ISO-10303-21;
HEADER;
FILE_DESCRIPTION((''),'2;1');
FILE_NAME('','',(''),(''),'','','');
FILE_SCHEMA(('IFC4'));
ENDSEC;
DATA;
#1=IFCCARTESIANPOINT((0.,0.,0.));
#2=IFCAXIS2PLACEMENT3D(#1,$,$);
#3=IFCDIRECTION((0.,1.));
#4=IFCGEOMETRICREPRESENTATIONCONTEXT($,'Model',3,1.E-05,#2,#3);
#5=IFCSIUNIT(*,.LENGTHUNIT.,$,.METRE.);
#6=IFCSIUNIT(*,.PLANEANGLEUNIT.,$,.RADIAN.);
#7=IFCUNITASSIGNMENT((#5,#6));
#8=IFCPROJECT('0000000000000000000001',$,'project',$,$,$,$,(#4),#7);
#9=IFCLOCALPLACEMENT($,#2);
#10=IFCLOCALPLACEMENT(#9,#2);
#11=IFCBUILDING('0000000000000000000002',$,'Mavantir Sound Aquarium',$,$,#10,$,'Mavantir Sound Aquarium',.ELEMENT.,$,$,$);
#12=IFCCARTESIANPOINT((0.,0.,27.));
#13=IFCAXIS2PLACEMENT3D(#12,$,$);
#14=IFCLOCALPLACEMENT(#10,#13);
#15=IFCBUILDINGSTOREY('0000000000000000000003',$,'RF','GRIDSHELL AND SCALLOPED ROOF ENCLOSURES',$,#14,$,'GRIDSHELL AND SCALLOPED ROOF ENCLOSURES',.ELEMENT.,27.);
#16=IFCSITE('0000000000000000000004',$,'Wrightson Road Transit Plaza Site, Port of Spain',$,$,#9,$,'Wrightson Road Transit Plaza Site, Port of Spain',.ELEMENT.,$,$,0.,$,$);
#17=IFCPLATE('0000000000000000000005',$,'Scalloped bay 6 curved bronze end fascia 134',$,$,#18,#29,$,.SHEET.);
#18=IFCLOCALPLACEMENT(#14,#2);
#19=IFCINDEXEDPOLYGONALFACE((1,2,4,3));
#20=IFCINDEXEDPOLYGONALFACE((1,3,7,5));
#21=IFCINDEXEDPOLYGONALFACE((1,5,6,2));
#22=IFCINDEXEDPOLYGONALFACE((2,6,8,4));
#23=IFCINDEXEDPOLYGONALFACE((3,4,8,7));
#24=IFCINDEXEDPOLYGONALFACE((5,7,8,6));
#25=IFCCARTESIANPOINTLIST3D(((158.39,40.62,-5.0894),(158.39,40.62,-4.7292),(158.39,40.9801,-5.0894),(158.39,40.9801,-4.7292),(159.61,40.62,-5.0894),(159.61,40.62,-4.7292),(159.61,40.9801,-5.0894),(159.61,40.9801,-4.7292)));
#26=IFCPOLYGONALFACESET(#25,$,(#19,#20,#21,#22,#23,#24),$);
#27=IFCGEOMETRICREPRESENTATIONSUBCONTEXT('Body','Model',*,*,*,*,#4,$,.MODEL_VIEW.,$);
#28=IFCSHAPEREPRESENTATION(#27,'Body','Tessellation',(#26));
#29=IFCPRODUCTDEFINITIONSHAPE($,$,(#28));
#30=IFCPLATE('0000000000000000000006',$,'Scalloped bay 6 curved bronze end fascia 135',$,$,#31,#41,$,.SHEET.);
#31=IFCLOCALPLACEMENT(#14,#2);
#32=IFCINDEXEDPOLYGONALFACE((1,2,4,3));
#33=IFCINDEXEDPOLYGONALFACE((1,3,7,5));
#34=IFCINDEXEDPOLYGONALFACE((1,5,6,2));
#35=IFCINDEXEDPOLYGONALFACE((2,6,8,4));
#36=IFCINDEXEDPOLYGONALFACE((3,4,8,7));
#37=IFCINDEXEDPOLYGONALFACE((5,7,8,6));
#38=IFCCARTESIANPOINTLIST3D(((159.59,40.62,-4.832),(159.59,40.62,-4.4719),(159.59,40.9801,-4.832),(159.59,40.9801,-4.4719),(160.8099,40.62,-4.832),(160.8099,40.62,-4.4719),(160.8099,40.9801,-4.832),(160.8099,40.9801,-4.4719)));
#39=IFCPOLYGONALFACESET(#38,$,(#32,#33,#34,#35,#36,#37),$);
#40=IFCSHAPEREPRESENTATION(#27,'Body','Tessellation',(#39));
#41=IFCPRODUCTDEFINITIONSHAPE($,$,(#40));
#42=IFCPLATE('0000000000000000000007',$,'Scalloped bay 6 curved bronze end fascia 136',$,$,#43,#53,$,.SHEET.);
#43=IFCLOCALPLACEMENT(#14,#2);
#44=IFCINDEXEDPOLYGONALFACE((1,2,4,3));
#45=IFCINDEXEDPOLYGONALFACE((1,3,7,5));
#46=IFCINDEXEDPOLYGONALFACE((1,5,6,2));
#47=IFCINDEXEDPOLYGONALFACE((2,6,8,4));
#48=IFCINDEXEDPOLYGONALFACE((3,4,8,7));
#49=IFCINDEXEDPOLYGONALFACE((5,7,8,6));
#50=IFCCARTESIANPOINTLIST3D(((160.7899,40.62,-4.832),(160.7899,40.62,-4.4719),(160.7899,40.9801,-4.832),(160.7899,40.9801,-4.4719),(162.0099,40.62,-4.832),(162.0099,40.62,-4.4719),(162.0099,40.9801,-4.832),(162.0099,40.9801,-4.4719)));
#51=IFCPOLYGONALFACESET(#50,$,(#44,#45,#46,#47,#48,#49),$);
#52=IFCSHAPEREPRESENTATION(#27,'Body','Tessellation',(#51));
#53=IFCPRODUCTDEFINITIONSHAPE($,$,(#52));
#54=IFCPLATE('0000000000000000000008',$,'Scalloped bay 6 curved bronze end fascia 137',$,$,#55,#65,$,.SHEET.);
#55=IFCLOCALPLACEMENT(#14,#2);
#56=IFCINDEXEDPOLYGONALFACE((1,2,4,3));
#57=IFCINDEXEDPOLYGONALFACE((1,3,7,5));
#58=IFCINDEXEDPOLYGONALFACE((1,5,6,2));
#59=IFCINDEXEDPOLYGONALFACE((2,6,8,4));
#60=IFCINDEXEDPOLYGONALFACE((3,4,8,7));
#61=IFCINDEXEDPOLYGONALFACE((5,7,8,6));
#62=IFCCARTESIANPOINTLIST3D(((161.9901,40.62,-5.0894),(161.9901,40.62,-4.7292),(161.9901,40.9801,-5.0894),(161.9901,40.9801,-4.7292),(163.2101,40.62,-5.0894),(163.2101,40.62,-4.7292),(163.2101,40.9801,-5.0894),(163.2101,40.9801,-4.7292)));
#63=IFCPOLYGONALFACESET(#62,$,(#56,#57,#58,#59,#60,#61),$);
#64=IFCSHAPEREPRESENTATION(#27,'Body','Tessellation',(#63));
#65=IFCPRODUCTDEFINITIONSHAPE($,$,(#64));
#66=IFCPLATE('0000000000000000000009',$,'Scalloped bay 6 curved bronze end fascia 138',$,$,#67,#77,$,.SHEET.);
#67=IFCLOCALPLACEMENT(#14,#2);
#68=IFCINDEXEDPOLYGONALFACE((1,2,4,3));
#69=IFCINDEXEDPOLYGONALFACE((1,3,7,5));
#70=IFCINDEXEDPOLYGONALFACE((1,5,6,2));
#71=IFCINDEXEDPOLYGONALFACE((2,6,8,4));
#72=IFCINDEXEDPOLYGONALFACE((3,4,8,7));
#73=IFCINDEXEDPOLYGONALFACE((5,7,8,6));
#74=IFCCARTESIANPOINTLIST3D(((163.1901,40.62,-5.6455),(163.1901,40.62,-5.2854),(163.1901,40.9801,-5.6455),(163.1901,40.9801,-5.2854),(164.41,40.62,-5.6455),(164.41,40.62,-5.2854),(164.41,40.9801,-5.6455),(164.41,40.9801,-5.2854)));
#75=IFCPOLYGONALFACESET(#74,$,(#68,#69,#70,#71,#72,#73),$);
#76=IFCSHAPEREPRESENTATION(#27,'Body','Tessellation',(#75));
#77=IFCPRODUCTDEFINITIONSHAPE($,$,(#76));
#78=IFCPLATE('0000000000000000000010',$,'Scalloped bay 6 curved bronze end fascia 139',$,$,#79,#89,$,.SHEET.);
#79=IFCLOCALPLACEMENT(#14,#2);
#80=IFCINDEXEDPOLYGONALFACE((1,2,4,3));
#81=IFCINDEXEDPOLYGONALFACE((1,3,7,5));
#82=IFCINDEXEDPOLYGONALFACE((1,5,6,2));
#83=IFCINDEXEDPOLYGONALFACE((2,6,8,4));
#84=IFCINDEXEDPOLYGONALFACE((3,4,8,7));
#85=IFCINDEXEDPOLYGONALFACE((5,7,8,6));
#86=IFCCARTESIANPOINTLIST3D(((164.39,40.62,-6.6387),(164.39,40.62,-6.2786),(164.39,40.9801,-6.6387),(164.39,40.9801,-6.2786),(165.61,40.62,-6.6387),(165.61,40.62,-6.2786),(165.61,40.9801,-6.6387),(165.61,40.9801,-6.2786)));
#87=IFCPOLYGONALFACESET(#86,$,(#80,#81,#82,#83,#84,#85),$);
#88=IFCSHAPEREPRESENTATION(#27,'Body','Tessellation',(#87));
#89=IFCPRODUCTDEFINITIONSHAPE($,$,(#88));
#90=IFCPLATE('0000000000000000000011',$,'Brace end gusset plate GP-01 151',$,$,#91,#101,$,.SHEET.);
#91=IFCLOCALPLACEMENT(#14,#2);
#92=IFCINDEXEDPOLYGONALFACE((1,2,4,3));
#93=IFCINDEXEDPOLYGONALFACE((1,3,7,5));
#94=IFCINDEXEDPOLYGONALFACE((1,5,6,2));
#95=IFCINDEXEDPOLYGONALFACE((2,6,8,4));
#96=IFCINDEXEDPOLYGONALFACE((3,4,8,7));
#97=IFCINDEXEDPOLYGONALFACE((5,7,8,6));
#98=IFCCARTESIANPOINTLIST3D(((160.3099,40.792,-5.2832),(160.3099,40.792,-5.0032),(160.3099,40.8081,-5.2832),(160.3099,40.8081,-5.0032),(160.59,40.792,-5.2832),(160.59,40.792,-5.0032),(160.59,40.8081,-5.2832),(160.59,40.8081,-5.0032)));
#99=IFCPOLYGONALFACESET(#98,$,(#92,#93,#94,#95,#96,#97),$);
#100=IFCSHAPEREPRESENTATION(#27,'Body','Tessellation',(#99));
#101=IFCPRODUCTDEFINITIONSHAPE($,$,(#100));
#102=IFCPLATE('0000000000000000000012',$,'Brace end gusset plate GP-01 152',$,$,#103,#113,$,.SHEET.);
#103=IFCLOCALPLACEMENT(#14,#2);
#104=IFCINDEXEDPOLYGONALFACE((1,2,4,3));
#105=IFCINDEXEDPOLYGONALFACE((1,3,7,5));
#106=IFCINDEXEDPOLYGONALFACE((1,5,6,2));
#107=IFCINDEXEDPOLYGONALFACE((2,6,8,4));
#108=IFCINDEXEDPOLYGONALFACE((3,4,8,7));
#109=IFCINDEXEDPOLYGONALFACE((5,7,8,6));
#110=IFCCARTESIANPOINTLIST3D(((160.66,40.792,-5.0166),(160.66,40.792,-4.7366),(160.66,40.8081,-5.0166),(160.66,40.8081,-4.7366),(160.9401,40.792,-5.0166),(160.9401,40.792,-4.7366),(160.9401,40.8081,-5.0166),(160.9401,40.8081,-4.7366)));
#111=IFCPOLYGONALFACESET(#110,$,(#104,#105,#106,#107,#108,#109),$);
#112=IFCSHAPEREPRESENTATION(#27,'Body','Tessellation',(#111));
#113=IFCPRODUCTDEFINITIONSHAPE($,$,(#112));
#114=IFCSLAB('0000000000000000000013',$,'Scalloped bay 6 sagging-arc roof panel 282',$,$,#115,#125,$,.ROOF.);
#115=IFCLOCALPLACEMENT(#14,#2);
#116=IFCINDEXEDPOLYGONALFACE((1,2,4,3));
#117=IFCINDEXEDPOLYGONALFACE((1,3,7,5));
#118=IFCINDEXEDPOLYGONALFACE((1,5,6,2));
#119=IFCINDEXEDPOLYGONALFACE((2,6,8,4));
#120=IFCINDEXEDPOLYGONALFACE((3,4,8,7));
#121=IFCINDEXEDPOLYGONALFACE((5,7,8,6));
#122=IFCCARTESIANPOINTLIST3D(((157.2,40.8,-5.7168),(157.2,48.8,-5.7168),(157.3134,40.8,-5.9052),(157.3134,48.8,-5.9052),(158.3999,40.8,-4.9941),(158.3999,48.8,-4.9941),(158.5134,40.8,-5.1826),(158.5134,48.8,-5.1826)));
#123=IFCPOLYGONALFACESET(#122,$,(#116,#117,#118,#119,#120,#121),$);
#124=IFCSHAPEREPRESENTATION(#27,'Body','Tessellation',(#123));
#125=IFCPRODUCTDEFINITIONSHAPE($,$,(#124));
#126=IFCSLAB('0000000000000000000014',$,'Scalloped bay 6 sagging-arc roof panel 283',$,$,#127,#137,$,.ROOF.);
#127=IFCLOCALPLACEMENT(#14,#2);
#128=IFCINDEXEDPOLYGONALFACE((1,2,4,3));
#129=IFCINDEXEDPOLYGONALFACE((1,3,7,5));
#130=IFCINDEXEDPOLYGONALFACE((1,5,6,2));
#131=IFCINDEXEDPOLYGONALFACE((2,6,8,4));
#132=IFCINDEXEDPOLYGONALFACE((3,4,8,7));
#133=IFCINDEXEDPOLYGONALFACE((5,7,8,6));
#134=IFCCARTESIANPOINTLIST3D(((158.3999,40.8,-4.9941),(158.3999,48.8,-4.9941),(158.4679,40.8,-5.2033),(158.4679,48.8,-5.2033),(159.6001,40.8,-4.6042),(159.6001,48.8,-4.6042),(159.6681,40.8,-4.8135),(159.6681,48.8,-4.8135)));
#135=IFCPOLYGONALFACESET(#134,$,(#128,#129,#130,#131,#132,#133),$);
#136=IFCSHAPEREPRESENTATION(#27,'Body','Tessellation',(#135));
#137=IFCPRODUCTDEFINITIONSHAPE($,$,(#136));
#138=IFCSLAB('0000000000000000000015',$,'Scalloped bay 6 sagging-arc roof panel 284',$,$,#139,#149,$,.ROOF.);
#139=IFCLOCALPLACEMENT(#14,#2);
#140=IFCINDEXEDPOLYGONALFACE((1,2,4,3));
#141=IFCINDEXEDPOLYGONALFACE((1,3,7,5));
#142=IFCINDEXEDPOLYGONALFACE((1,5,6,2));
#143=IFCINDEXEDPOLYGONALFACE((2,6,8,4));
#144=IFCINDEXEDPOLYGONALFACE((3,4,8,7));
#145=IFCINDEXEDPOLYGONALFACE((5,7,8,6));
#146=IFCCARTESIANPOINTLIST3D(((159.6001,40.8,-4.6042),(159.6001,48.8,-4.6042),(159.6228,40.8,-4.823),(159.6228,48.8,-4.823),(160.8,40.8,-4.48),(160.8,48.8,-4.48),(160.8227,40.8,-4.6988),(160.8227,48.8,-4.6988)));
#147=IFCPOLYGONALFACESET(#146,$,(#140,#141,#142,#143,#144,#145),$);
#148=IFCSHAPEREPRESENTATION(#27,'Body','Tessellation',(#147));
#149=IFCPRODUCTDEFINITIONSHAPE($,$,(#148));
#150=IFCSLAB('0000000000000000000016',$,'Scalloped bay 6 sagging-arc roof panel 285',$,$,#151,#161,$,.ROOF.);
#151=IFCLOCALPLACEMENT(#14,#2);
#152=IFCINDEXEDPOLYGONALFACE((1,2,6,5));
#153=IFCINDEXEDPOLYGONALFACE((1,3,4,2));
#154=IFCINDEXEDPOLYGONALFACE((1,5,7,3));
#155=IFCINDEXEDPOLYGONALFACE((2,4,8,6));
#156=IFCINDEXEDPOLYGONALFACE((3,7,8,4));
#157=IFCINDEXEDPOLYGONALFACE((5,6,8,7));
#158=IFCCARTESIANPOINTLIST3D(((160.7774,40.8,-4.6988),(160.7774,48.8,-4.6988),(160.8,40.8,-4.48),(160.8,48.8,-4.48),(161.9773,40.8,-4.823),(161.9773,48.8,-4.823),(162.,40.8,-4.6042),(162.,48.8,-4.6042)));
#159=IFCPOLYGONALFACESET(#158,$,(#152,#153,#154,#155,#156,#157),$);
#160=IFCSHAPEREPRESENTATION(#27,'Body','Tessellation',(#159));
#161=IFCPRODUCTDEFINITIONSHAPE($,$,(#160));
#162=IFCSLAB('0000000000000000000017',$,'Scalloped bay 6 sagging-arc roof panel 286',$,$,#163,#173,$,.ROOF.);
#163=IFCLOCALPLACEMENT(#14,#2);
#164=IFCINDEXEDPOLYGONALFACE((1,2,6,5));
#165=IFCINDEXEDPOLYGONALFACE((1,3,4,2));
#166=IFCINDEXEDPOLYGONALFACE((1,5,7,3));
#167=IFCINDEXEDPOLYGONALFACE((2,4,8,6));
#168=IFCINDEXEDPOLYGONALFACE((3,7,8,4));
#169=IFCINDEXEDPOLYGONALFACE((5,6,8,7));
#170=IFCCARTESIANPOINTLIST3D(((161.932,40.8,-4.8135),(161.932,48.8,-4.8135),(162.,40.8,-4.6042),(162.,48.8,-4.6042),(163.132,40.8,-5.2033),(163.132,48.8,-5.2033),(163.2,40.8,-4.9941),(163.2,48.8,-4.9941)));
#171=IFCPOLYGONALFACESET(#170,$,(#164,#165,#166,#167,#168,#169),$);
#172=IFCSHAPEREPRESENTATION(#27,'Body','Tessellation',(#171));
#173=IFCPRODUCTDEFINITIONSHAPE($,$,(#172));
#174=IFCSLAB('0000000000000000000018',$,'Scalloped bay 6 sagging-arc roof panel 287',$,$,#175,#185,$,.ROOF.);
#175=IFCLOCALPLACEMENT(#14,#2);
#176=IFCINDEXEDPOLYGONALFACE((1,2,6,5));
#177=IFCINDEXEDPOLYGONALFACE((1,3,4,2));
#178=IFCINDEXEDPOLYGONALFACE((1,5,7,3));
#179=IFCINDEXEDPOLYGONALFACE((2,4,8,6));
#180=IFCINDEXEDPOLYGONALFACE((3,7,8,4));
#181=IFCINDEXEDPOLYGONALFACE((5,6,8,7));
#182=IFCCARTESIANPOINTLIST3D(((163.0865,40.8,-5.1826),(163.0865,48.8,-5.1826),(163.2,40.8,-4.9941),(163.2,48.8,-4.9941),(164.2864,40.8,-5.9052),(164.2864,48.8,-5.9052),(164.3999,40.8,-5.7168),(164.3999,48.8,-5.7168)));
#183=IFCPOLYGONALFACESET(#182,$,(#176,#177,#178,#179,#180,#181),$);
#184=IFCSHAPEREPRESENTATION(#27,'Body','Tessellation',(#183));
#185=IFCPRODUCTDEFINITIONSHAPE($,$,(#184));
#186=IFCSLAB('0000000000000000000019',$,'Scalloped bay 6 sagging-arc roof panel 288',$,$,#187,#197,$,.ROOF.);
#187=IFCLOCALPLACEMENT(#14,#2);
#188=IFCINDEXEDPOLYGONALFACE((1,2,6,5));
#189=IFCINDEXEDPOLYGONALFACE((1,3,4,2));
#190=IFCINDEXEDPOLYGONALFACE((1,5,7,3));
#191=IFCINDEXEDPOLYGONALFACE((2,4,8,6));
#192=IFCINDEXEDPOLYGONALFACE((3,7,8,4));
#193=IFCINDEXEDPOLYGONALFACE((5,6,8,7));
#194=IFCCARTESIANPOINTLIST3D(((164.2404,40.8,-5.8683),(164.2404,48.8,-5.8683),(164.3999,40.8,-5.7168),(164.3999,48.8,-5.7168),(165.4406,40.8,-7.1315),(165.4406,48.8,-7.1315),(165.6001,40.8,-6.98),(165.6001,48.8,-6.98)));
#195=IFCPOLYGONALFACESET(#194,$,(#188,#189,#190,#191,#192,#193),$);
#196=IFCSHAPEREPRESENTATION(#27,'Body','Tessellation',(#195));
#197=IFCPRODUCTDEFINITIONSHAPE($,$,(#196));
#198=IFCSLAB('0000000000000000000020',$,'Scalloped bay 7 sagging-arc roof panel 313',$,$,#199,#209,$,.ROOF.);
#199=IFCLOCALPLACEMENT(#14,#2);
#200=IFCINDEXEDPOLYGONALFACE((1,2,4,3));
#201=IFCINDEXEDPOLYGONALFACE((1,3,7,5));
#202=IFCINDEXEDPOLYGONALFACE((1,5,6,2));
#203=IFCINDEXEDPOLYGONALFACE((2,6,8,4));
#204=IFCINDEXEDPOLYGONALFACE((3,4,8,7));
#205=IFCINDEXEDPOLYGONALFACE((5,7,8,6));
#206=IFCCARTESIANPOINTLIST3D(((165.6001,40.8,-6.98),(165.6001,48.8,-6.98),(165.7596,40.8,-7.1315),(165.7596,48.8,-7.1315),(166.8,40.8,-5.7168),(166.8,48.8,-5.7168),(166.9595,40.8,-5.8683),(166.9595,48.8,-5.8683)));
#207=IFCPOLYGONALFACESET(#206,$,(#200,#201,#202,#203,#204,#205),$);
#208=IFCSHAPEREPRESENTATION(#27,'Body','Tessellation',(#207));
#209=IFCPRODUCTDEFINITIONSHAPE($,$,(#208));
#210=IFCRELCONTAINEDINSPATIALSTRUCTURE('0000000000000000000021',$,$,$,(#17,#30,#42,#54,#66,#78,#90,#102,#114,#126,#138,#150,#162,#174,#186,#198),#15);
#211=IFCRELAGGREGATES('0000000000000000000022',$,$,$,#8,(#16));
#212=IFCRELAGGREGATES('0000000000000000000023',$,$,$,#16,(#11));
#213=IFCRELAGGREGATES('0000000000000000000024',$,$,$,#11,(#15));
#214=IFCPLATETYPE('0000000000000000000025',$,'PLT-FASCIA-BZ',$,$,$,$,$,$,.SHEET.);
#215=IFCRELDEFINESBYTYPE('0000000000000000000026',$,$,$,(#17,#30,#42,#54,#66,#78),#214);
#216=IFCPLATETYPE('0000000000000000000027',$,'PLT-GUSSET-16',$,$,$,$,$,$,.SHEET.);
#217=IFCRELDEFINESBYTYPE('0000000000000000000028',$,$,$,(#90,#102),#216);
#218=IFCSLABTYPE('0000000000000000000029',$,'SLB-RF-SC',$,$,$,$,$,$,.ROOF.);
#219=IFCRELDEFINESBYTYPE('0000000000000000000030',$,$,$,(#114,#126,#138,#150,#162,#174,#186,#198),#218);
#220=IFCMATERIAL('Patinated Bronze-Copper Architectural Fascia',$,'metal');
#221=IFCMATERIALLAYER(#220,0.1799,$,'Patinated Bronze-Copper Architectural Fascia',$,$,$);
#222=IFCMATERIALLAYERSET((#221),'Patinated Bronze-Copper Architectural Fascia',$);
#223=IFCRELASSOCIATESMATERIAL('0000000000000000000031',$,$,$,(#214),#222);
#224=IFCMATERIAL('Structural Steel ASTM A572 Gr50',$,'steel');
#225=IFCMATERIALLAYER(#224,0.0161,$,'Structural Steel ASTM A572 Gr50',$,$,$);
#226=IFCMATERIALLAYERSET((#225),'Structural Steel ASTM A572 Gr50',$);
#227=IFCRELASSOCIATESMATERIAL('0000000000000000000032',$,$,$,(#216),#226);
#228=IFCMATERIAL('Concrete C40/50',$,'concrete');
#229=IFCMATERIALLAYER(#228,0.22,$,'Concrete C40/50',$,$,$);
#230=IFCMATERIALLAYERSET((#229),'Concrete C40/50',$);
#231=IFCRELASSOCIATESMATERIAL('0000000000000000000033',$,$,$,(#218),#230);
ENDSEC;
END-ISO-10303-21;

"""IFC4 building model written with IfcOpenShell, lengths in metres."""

from ifc_helpers import new_model, si_unit, direction, frame, origin, origin_2d, place, context, subcontext, project, spatial, polyline, rectangle, outline, extrude, material, layer, layer_set, type_object, element, save


model = new_model("IFC4")

# Units and contexts
model_context = context("Model", 3, precision=1e-05, world=origin(), true_north=direction((0.0, 1.0)))
body_context = subcontext(model_context, "Body", "Model", "MODEL_VIEW")
ifc_project = project(units=[si_unit("LENGTHUNIT", "METRE"), si_unit("PLANEANGLEUNIT", "RADIAN")], contexts=[model_context])

# Site, building, storey
site_placement = place(None, origin())
site = spatial("IfcSite", under=ifc_project, at=site_placement, Name="Wrightson Road Transit Plaza Site, Port of Spain", LongName="Wrightson Road Transit Plaza Site, Port of Spain", CompositionType="ELEMENT", RefElevation=0.0)
building_placement = place(site_placement, origin())
building = spatial("IfcBuilding", under=site, at=building_placement, Name="Mavantir Sound Aquarium", LongName="Mavantir Sound Aquarium", CompositionType="ELEMENT")
storey_placement = place(building_placement, frame((0.0, 0.0, 27.0)))
storey = spatial("IfcBuildingStorey", under=building, at=storey_placement, Name="RF", Description="GRIDSHELL AND SCALLOPED ROOF ENCLOSURES", LongName="GRIDSHELL AND SCALLOPED ROOF ENCLOSURES", CompositionType="ELEMENT", Elevation=27.0)

# Shared definitions
ifc_material_1 = material(Name="Concrete C40/50", Category="concrete")

# Plates
ifc_material_2 = material(Name="Structural Steel ASTM A572 Gr50", Category="steel")
ifc_material_3 = material(Name="Patinated Bronze-Copper Architectural Fascia", Category="metal")
ifc_layer_1 = layer(ifc_material_3, 0.1799, Name="Patinated Bronze-Copper Architectural Fascia")
ifc_layer_set_1 = layer_set([ifc_layer_1], Name="Patinated Bronze-Copper Architectural Fascia")
plate_type_1 = type_object("IfcPlateType", Name="PLT-FASCIA-BZ", PredefinedType="SHEET", material=ifc_layer_set_1)
for number, where, z_axis, x_axis, name in (
    (1, (159.0, 40.8, -5.0894), (0.0, 0.0, 1.0), (1.0, 0.0, 0.0), "Scalloped bay 6 curved bronze end fascia 134"),
    (2, (160.2, 40.8, -4.832), (0.0, 0.0, 1.0), (1.0, 0.0, 0.0), "Scalloped bay 6 curved bronze end fascia 135"),
    (3, (161.3999, 40.8, -4.832), (0.0, 0.0, 1.0), (1.0, 0.0, 0.0), "Scalloped bay 6 curved bronze end fascia 136"),
    (4, (162.6001, 40.8, -5.0894), (0.0, 0.0, 1.0), (1.0, 0.0, 0.0), "Scalloped bay 6 curved bronze end fascia 137"),
    (5, (163.8, 40.8, -5.6455), (0.0, 0.0, 1.0), (1.0, 0.0, 0.0), "Scalloped bay 6 curved bronze end fascia 138"),
    (6, (165.0, 40.8, -6.6387), (0.0, 0.0, 1.0), (1.0, 0.0, 0.0), "Scalloped bay 6 curved bronze end fascia 139"),
):
    element("IfcPlate", number, at=place(storey_placement, frame(where, z_axis=z_axis, x_axis=x_axis)), inside=storey, type_object=plate_type_1, Name=name, PredefinedType="SHEET", context=body_context, shape_type="SweptSolid", body=[
        extrude(rectangle(XDim=1.22, YDim=0.3601, at=origin_2d()), origin(), (0.0, 0.0, 1.0), 0.3601),
    ])
ifc_layer_2 = layer(ifc_material_2, 0.0161, Name="Structural Steel ASTM A572 Gr50")
ifc_layer_set_2 = layer_set([ifc_layer_2], Name="Structural Steel ASTM A572 Gr50")
plate_type_2 = type_object("IfcPlateType", Name="PLT-GUSSET-16", PredefinedType="SHEET", material=ifc_layer_set_2)
for number, where, z_axis, x_axis, name in (
    (7, (160.45, 40.8, -5.2832), (0.0, 0.0, 1.0), (1.0, 0.0, 0.0), "Brace end gusset plate GP-01 151"),
    (8, (160.8, 40.8, -5.0166), (0.0, 0.0, 1.0), (1.0, 0.0, 0.0), "Brace end gusset plate GP-01 152"),
):
    element("IfcPlate", number, at=place(storey_placement, frame(where, z_axis=z_axis, x_axis=x_axis)), inside=storey, type_object=plate_type_2, Name=name, PredefinedType="SHEET", context=body_context, shape_type="SweptSolid", body=[
        extrude(rectangle(XDim=0.28, YDim=0.0161, at=origin_2d()), origin(), (0.0, 0.0, 1.0), 0.28),
    ])

# Slabs
ifc_layer_3 = layer(ifc_material_1, 0.22, Name="Concrete C40/50")
ifc_layer_set_3 = layer_set([ifc_layer_3], Name="Concrete C40/50")
slab_type = type_object("IfcSlabType", Name="SLB-RF-SC", PredefinedType="ROOF", material=ifc_layer_set_3)
slab_1_placement = place(storey_placement, frame((157.2, 40.8, -5.7168), z_axis=(-0.515905, 0.0, 0.856646), x_axis=(0.856646, 0.0, 0.515905)))
element("IfcSlab", 9, at=slab_1_placement, inside=storey, type_object=slab_type, Name="Scalloped bay 6 sagging-arc roof panel 282", PredefinedType="ROOF", context=body_context, shape_type="SweptSolid", body=[
    extrude(outline(polyline([(0.0, 0.0), (1.4008, 0.0), (1.4008, 8.0), (0.0, 8.0), (0.0, 0.0)])), origin(), (0.0, 0.0, -1.0), 0.22),
])
slab_2_placement = place(storey_placement, frame((158.3999, 40.8, -4.9941), z_axis=(-0.308964, 0.0, 0.951074), x_axis=(0.951074, 0.0, 0.308964)))
element("IfcSlab", 10, at=slab_2_placement, inside=storey, type_object=slab_type, Name="Scalloped bay 6 sagging-arc roof panel 283", PredefinedType="ROOF", context=body_context, shape_type="SweptSolid", body=[
    extrude(outline(polyline([(0.0, 0.0), (1.2619, 0.0), (1.2619, 8.0), (0.0, 8.0), (0.0, 0.0)])), origin(), (0.0, 0.0, -1.0), 0.22),
])
for number, where, z_axis, x_axis, name in (
    (11, (159.6001, 40.8, -4.6042), (-0.10301, 0.0, 0.99468), (0.99468, 0.0, 0.10301), "Scalloped bay 6 sagging-arc roof panel 284"),
    (12, (160.8, 40.8, -4.48), (0.10301, 0.0, 0.99468), (0.99468, 0.0, -0.10301), "Scalloped bay 6 sagging-arc roof panel 285"),
):
    element("IfcSlab", number, at=place(storey_placement, frame(where, z_axis=z_axis, x_axis=x_axis)), inside=storey, type_object=slab_type, Name=name, PredefinedType="ROOF", context=body_context, shape_type="SweptSolid", body=[
        extrude(outline(polyline([(0.0, 0.0), (1.2064, 0.0), (1.2064, 8.0), (0.0, 8.0), (0.0, 0.0)])), origin(), (0.0, 0.0, -1.0), 0.22),
    ])
slab_3_placement = place(storey_placement, frame((162.0, 40.8, -4.6042), z_axis=(0.30902, 0.0, 0.951055), x_axis=(0.951055, 0.0, -0.30902)))
element("IfcSlab", 13, at=slab_3_placement, inside=storey, type_object=slab_type, Name="Scalloped bay 6 sagging-arc roof panel 286", PredefinedType="ROOF", context=body_context, shape_type="SweptSolid", body=[
    extrude(outline(polyline([(0.0, 0.0), (1.2617, 0.0), (1.2617, 8.0), (0.0, 8.0), (0.0, 0.0)])), origin(), (0.0, 0.0, -1.0), 0.22),
])
slab_4_placement = place(storey_placement, frame((163.2, 40.8, -4.9941), z_axis=(0.515905, 0.0, 0.856646), x_axis=(0.856646, 0.0, -0.515905)))
element("IfcSlab", 14, at=slab_4_placement, inside=storey, type_object=slab_type, Name="Scalloped bay 6 sagging-arc roof panel 287", PredefinedType="ROOF", context=body_context, shape_type="SweptSolid", body=[
    extrude(outline(polyline([(0.0, 0.0), (1.4008, 0.0), (1.4008, 8.0), (0.0, 8.0), (0.0, 0.0)])), origin(), (0.0, 0.0, -1.0), 0.22),
])
slab_5_placement = place(storey_placement, frame((164.3999, 40.8, -5.7168), z_axis=(0.72495, 0.0, 0.688801), x_axis=(0.688801, 0.0, -0.72495)))
element("IfcSlab", 15, at=slab_5_placement, inside=storey, type_object=slab_type, Name="Scalloped bay 6 sagging-arc roof panel 288", PredefinedType="ROOF", context=body_context, shape_type="SweptSolid", body=[
    extrude(outline(polyline([(0.0, 0.0), (1.7424, 0.0), (1.7424, 8.0), (0.0, 8.0), (0.0, 0.0)])), origin(), (0.0, 0.0, -1.0), 0.22),
])
slab_6_placement = place(storey_placement, frame((165.6001, 40.8, -6.98), z_axis=(-0.72502, 0.0, 0.688727), x_axis=(0.688727, 0.0, 0.72502)))
element("IfcSlab", 16, at=slab_6_placement, inside=storey, type_object=slab_type, Name="Scalloped bay 7 sagging-arc roof panel 313", PredefinedType="ROOF", context=body_context, shape_type="SweptSolid", body=[
    extrude(outline(polyline([(0.0, 0.0), (1.7423, 0.0), (1.7423, 8.0), (0.0, 8.0), (0.0, 0.0)])), origin(), (0.0, 0.0, -1.0), 0.22),
])

save(model, "model.ifc")
